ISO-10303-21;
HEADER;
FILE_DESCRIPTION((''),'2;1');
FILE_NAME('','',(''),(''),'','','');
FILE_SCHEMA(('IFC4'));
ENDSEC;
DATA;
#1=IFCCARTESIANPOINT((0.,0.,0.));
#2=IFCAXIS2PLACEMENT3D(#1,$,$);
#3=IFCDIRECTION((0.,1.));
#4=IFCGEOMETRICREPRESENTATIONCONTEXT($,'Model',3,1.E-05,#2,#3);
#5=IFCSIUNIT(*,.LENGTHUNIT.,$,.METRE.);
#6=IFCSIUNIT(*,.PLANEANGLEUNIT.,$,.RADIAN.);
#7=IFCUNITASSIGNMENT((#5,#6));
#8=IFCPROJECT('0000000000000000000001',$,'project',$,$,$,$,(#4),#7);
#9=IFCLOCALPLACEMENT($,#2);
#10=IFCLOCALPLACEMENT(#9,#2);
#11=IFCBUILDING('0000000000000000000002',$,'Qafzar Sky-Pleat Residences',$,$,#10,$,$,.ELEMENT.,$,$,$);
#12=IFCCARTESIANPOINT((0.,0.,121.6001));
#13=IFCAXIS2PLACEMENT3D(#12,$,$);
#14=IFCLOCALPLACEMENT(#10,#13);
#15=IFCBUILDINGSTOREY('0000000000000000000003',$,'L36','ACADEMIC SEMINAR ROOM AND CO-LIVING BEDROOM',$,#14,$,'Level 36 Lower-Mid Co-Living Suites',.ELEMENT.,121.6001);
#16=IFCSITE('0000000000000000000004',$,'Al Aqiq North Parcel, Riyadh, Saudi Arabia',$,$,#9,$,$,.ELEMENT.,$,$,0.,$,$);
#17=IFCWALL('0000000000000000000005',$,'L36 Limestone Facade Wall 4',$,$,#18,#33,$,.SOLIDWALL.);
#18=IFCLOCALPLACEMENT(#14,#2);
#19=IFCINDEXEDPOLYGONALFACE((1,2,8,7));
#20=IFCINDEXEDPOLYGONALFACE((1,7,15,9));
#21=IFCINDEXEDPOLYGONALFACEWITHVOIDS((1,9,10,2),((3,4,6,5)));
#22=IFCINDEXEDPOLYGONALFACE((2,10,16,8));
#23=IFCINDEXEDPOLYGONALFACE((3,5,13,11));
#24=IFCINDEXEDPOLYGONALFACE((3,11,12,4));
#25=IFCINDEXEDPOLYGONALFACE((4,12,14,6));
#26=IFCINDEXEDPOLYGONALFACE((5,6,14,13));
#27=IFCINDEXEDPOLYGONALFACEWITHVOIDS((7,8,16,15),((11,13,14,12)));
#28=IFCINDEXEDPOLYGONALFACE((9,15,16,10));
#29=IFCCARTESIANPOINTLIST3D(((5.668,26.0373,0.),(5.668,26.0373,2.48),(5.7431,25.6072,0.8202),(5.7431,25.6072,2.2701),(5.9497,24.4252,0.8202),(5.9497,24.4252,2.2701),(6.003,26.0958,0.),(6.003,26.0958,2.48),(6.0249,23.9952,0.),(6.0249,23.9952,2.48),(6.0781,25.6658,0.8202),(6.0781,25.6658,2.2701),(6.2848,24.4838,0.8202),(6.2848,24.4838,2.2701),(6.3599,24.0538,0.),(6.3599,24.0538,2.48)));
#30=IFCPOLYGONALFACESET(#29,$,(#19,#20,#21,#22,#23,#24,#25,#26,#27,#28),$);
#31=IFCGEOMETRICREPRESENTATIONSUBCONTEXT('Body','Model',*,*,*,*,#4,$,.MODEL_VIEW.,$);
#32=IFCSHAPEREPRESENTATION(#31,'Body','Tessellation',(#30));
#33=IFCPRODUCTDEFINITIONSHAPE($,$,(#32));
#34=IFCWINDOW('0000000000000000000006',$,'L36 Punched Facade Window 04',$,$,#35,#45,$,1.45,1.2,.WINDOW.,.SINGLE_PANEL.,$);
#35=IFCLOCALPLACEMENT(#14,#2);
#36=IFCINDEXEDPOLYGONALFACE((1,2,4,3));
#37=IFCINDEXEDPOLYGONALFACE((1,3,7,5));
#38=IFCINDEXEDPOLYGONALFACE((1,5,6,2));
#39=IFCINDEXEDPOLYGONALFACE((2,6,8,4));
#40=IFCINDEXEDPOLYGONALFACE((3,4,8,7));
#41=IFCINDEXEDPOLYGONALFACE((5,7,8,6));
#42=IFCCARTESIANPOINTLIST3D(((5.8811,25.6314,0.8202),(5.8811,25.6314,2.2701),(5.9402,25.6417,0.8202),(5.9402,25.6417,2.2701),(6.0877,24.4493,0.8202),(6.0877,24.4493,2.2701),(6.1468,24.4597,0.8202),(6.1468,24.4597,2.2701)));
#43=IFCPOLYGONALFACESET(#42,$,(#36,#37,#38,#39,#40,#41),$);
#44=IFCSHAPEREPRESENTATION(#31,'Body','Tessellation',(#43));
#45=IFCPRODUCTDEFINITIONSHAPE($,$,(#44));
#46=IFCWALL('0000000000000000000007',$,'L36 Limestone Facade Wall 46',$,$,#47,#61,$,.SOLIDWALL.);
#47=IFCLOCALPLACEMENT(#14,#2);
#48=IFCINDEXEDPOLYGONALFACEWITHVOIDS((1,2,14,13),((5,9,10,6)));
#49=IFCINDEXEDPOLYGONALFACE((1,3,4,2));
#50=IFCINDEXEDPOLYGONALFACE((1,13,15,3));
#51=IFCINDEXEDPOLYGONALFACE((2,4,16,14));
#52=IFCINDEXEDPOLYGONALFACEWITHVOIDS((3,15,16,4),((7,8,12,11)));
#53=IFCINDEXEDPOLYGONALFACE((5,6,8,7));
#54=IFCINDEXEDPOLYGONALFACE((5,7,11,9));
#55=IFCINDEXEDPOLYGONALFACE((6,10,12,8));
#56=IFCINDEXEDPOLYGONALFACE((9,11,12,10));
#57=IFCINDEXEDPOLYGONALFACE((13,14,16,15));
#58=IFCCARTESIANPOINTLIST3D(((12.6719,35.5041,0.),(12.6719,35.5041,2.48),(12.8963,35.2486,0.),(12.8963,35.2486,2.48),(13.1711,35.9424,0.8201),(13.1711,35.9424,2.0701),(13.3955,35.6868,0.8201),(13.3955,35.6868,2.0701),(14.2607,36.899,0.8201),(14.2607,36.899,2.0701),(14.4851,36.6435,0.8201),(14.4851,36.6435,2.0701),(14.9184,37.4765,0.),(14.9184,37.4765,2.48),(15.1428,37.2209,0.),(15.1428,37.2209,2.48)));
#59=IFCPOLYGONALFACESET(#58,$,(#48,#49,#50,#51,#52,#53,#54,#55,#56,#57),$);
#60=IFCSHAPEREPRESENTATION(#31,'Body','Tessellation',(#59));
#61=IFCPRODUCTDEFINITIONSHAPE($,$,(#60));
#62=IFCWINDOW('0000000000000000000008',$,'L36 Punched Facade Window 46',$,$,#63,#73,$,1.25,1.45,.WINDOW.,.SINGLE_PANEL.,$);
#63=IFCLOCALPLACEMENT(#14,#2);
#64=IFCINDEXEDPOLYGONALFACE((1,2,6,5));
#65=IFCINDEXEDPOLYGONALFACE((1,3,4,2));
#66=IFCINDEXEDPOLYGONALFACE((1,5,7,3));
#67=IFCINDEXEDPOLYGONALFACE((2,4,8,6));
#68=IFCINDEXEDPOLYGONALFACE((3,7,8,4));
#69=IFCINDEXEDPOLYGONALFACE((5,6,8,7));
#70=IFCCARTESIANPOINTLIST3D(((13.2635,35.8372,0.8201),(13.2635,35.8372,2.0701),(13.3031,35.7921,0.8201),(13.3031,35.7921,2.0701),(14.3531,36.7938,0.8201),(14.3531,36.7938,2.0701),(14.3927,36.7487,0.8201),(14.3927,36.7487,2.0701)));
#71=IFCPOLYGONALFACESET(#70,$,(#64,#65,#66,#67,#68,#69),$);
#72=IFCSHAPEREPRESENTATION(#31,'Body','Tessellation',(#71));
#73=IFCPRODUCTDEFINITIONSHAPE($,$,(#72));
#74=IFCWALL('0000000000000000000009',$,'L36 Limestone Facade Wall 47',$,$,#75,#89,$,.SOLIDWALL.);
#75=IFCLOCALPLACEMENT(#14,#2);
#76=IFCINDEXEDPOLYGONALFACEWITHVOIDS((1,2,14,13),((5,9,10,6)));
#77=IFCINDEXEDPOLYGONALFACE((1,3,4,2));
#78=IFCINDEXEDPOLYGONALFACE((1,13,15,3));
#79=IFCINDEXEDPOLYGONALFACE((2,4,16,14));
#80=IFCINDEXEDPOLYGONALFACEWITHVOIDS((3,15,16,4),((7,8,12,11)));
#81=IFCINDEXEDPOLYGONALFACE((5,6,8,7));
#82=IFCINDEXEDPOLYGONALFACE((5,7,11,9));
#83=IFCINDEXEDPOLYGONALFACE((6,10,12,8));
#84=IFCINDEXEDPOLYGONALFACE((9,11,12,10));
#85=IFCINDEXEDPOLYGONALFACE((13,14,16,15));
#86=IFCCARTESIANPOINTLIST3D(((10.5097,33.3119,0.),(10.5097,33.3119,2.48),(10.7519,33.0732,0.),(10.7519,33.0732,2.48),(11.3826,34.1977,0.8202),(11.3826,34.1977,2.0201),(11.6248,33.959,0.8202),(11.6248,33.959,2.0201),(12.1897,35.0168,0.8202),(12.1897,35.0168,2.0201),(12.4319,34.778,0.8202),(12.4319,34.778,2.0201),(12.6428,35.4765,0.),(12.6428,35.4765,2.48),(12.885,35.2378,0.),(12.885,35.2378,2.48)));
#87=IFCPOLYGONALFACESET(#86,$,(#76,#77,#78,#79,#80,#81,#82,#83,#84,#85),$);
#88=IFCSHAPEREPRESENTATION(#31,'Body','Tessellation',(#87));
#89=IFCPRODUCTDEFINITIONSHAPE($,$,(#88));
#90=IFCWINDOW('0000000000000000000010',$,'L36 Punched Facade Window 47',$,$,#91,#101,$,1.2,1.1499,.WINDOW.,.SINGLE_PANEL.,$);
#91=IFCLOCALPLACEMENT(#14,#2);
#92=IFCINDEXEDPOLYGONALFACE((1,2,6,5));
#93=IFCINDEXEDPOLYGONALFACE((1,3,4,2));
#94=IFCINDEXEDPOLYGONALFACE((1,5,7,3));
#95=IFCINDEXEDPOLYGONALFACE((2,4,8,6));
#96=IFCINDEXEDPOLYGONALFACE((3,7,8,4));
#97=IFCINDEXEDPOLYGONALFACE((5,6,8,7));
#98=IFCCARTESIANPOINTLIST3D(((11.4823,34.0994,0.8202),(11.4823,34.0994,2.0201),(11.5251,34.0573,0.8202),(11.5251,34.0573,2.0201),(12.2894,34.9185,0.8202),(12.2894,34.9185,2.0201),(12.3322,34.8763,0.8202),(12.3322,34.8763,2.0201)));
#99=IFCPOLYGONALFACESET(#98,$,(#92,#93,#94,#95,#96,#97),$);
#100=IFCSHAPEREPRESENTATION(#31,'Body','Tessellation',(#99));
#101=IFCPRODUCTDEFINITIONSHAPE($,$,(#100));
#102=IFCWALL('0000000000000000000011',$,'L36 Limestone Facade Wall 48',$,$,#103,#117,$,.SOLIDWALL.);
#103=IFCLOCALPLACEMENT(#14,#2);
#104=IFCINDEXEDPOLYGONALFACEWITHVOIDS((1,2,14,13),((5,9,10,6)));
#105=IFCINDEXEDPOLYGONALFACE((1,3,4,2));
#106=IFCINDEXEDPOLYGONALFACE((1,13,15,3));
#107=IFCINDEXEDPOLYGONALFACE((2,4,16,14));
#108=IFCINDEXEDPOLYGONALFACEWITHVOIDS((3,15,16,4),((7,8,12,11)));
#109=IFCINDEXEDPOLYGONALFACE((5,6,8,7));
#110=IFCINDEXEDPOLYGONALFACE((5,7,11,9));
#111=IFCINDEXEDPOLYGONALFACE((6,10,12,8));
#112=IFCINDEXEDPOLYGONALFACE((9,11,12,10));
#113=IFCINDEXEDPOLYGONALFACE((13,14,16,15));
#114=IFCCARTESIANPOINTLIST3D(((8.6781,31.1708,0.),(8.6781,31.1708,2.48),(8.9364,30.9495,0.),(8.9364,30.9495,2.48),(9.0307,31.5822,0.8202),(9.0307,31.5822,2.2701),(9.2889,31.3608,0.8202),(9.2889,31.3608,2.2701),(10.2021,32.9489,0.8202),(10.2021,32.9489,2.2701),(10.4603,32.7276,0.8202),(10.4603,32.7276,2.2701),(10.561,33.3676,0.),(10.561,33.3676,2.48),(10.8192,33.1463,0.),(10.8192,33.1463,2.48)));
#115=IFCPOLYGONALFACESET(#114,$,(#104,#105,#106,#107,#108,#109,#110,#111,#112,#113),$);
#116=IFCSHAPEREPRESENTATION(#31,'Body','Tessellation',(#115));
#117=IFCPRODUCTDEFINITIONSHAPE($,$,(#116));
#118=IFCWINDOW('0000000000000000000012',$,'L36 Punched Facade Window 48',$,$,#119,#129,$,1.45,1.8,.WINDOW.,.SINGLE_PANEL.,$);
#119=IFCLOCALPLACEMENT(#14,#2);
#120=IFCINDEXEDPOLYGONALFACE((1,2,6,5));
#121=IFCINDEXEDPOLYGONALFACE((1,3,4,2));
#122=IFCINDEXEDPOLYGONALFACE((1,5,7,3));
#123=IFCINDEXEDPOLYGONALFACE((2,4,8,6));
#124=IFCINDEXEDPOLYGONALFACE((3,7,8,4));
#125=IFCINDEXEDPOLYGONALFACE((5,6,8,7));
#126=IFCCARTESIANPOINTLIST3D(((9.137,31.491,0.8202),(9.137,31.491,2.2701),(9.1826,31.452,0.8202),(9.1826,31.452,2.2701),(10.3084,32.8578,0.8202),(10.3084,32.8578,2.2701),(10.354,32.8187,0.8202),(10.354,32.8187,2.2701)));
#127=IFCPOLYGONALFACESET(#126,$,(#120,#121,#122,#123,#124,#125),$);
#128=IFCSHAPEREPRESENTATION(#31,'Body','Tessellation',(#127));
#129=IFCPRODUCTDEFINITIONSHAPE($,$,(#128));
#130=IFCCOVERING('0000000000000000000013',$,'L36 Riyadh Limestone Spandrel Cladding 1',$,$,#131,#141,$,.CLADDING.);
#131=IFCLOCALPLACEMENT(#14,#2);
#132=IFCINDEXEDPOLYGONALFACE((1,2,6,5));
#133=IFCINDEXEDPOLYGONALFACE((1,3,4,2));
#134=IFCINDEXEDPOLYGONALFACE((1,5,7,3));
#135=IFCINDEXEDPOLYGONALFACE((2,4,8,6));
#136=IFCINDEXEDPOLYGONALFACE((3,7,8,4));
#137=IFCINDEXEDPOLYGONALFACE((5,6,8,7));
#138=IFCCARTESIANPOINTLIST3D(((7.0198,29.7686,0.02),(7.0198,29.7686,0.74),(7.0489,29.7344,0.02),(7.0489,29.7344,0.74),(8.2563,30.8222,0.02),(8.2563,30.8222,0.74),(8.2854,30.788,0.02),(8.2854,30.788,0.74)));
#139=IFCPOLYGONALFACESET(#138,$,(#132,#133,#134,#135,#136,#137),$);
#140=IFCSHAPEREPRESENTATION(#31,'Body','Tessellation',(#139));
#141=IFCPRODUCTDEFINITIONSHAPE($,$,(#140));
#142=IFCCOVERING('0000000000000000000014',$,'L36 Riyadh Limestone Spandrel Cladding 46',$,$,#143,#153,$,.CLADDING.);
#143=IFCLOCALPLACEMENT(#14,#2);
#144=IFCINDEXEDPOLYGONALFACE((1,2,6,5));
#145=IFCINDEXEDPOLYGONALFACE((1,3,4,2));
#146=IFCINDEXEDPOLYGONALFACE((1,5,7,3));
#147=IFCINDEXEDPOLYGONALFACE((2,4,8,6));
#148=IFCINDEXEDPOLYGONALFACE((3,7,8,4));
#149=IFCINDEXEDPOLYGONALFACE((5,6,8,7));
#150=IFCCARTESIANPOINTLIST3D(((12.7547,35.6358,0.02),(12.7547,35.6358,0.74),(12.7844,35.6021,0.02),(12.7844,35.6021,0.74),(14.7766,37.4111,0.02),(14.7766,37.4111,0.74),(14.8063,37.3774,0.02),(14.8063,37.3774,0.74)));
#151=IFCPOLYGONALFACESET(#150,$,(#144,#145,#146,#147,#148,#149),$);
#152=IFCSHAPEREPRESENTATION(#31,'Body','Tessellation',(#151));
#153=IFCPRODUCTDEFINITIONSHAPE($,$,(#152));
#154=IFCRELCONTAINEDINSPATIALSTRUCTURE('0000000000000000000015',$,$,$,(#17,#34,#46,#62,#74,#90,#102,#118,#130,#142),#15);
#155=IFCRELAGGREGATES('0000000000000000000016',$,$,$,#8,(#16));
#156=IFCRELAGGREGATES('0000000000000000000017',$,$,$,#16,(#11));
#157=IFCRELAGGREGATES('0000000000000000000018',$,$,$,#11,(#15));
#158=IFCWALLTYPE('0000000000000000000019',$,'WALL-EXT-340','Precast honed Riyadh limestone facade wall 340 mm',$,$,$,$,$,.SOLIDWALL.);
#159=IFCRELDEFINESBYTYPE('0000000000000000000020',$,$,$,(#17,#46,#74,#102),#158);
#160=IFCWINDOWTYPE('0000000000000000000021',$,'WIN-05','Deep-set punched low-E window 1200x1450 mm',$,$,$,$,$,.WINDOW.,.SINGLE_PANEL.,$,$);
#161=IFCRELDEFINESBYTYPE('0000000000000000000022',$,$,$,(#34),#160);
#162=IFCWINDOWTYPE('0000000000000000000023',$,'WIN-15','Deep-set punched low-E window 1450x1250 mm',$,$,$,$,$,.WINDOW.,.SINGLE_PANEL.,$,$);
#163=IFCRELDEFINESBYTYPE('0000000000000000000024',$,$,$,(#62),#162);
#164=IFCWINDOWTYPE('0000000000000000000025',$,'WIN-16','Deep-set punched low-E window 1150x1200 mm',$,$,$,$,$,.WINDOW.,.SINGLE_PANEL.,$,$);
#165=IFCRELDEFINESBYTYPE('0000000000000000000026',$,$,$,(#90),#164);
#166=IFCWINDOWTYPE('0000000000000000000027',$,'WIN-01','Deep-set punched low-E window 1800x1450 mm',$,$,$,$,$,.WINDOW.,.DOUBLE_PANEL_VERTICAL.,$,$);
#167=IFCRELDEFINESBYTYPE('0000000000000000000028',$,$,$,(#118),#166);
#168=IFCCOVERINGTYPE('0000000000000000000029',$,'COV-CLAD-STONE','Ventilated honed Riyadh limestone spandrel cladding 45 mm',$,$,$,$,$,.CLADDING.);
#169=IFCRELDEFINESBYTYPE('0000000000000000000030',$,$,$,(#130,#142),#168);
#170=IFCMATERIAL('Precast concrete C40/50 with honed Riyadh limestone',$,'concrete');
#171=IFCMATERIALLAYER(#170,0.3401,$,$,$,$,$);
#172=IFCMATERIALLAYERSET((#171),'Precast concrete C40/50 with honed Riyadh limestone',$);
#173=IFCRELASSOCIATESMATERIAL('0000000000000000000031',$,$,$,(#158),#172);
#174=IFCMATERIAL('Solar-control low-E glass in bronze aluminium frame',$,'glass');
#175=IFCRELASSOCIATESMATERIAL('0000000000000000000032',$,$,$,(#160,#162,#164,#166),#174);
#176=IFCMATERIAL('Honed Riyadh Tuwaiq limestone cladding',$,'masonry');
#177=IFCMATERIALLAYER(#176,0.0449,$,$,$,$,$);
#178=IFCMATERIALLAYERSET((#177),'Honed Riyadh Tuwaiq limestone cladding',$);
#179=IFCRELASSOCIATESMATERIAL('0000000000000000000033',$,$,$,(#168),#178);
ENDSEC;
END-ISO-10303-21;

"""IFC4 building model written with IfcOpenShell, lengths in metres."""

from ifc_helpers import new_model, si_unit, direction, frame, frame_2d, origin, origin_2d, place, context, subcontext, project, spatial, rectangle, extrude, source, transform, mapped, material, layer, layer_set, type_object, element, fill, save


model = new_model("IFC4")

# Units and contexts
model_context = context("Model", 3, precision=1e-05, world=origin(), true_north=direction((0.0, 1.0)))
body_context = subcontext(model_context, "Body", "Model", "MODEL_VIEW")
ifc_project = project(units=[si_unit("LENGTHUNIT", "METRE"), si_unit("PLANEANGLEUNIT", "RADIAN")], contexts=[model_context])

# Site, building, storey
site_placement = place(None, origin())
site = spatial("IfcSite", under=ifc_project, at=site_placement, Name="Al Aqiq North Parcel, Riyadh, Saudi Arabia", CompositionType="ELEMENT", RefElevation=0.0)
building_placement = place(site_placement, origin())
building = spatial("IfcBuilding", under=site, at=building_placement, Name="Qafzar Sky-Pleat Residences", CompositionType="ELEMENT")
storey_placement = place(building_placement, frame((0.0, 0.0, 121.6001)))
storey = spatial("IfcBuildingStorey", under=building, at=storey_placement, Name="L36", Description="ACADEMIC SEMINAR ROOM AND CO-LIVING BEDROOM", LongName="Level 36 Lower-Mid Co-Living Suites", CompositionType="ELEMENT", Elevation=121.6001)

# Shared definitions
ifc_material_1 = material(Name="Precast concrete C40/50 with honed Riyadh limestone", Category="concrete")
ifc_layer_1 = layer(ifc_material_1, 0.3401)
ifc_layer_set_1 = layer_set([ifc_layer_1], Name="Precast concrete C40/50 with honed Riyadh limestone")
wall_type_1 = type_object("IfcWallType", Name="WALL-EXT-340", Description="Precast honed Riyadh limestone facade wall 340 mm", PredefinedType="SOLIDWALL", material=ifc_layer_set_1)

# Walls, openings, windows
ifc_material_2 = material(Name="Solar-control low-E glass in bronze aluminium frame", Category="glass")
wall_1_placement = place(storey_placement, frame((5.8354, 26.0667, 0.0), z_axis=(0.0, 0.0, 1.0), x_axis=(0.172186, -0.985064, 0.0)))
wall_1 = element("IfcWall", 1, at=wall_1_placement, inside=storey, type_object=wall_type_1, Name="L36 Limestone Facade Wall 4", PredefinedType="SOLIDWALL", context=body_context, shape_type="SweptSolid", body=[
    extrude(rectangle(XDim=2.073, YDim=0.3401, at=frame_2d((1.0366, 0.0))), origin(), (0.0, 0.0, 1.0), 2.48),
])
opening_1_placement = place(wall_1_placement, frame((0.4365, 0.0, 0.8201)))
opening_1 = element("IfcOpeningElement", 2, at=opening_1_placement, cuts=wall_1, PredefinedType="OPENING", context=body_context, shape_type="SweptSolid", body=[
    extrude(rectangle(XDim=1.2, YDim=1.45, at=frame_2d((0.6001, 0.7251))), frame((0.0, 0.1802, 0.0), z_axis=(0.0, -1.0, 0.0), x_axis=(1.0, 0.0, 0.0)), (0.0, 0.0, 1.0), 0.3601),
])
window_type_1 = type_object("IfcWindowType", Name="WIN-05", Description="Deep-set punched low-E window 1200x1450 mm", PartitioningType="SINGLE_PANEL", PredefinedType="WINDOW", material=ifc_material_2)
shared_shape_1 = source(origin(), body_context, "Body", "SweptSolid", [
    extrude(rectangle(XDim=1.2, YDim=1.45, at=frame_2d((0.6001, 0.7251))), frame((0.0, 0.03, 0.0), z_axis=(0.0, -1.0, 0.0), x_axis=(1.0, 0.0, 0.0)), (0.0, 0.0, 1.0), 0.0601),
])
window_1_placement = place(opening_1_placement, origin())
window_1 = element("IfcWindow", 3, at=window_1_placement, inside=storey, type_object=window_type_1, Name="L36 Punched Facade Window 04", OverallHeight=1.45, OverallWidth=1.2, PartitioningType="SINGLE_PANEL", PredefinedType="WINDOW", context=body_context, shape_type="MappedRepresentation", body=[
    mapped(shared_shape_1, transform((0.0, 0.0, 0.0), x_axis=(1.0, 0.0, 0.0), y_axis=(0.0, 1.0, 0.0), z_axis=(0.0, 0.0, 1.0), scale=1.0)),
])
fill(opening_1, window_1)
wall_2_placement = place(storey_placement, frame((15.0305, 37.3486, 0.0), z_axis=(0.0, 0.0, 1.0), x_axis=(-0.751473, -0.659764, 0.0)))
wall_2 = element("IfcWall", 4, at=wall_2_placement, inside=storey, type_object=wall_type_1, Name="L36 Limestone Facade Wall 46", PredefinedType="SOLIDWALL", context=body_context, shape_type="SweptSolid", body=[
    extrude(rectangle(XDim=2.9895, YDim=0.3401, at=frame_2d((1.4946, 0.0))), origin(), (0.0, 0.0, 1.0), 2.48),
])
opening_2_placement = place(wall_2_placement, frame((0.875, 0.0, 0.8201)))
opening_2 = element("IfcOpeningElement", 5, at=opening_2_placement, cuts=wall_2, PredefinedType="OPENING", context=body_context, shape_type="SweptSolid", body=[
    extrude(rectangle(XDim=1.45, YDim=1.25, at=frame_2d((0.7251, 0.625))), frame((0.0, 0.1802, 0.0), z_axis=(0.0, -1.0, 0.0), x_axis=(1.0, 0.0, 0.0)), (0.0, 0.0, 1.0), 0.3601),
])
window_type_2 = type_object("IfcWindowType", Name="WIN-15", Description="Deep-set punched low-E window 1450x1250 mm", PartitioningType="SINGLE_PANEL", PredefinedType="WINDOW", material=ifc_material_2)
shared_shape_2 = source(origin(), body_context, "Body", "SweptSolid", [
    extrude(rectangle(XDim=1.45, YDim=1.25, at=frame_2d((0.7251, 0.625))), frame((0.0, 0.03, 0.0), z_axis=(0.0, -1.0, 0.0), x_axis=(1.0, 0.0, 0.0)), (0.0, 0.0, 1.0), 0.0601),
])
window_2_placement = place(opening_2_placement, origin())
window_2 = element("IfcWindow", 6, at=window_2_placement, inside=storey, type_object=window_type_2, Name="L36 Punched Facade Window 46", OverallHeight=1.25, OverallWidth=1.45, PartitioningType="SINGLE_PANEL", PredefinedType="WINDOW", context=body_context, shape_type="MappedRepresentation", body=[
    mapped(shared_shape_2, transform((0.0, 0.0, 0.0), x_axis=(1.0, 0.0, 0.0), y_axis=(0.0, 1.0, 0.0), z_axis=(0.0, 0.0, 1.0), scale=1.0)),
])
fill(opening_2, window_2)
wall_3_placement = place(storey_placement, frame((12.7639, 35.3572, 0.0), z_axis=(0.0, 0.0, 1.0), x_axis=(-0.701906, -0.71227, 0.0)))
wall_3 = element("IfcWall", 7, at=wall_3_placement, inside=storey, type_object=wall_type_1, Name="L36 Limestone Facade Wall 47", PredefinedType="SOLIDWALL", context=body_context, shape_type="SweptSolid", body=[
    extrude(rectangle(XDim=3.0391, YDim=0.3401, at=frame_2d((1.5195, 0.0))), origin(), (0.0, 0.0, 1.0), 2.48),
])
opening_3_placement = place(wall_3_placement, frame((0.6455, 0.0, 0.8201)))
opening_3 = element("IfcOpeningElement", 8, at=opening_3_placement, cuts=wall_3, PredefinedType="OPENING", context=body_context, shape_type="SweptSolid", body=[
    extrude(rectangle(XDim=1.1499, YDim=1.2, at=frame_2d((0.575, 0.6001))), frame((0.0, 0.1802, 0.0), z_axis=(0.0, -1.0, 0.0), x_axis=(1.0, 0.0, 0.0)), (0.0, 0.0, 1.0), 0.3601),
])
window_type_3 = type_object("IfcWindowType", Name="WIN-16", Description="Deep-set punched low-E window 1150x1200 mm", PartitioningType="SINGLE_PANEL", PredefinedType="WINDOW", material=ifc_material_2)
shared_shape_3 = source(origin(), body_context, "Body", "SweptSolid", [
    extrude(rectangle(XDim=1.1499, YDim=1.2, at=frame_2d((0.575, 0.6001))), frame((0.0, 0.03, 0.0), z_axis=(0.0, -1.0, 0.0), x_axis=(1.0, 0.0, 0.0)), (0.0, 0.0, 1.0), 0.0601),
])
window_3_placement = place(opening_3_placement, origin())
window_3 = element("IfcWindow", 9, at=window_3_placement, inside=storey, type_object=window_type_3, Name="L36 Punched Facade Window 47", OverallHeight=1.2, OverallWidth=1.1499, PartitioningType="SINGLE_PANEL", PredefinedType="WINDOW", context=body_context, shape_type="MappedRepresentation", body=[
    mapped(shared_shape_3, transform((0.0, 0.0, 0.0), x_axis=(1.0, 0.0, 0.0), y_axis=(0.0, 1.0, 0.0), z_axis=(0.0, 0.0, 1.0), scale=1.0)),
])
fill(opening_3, window_3)
wall_4_placement = place(storey_placement, frame((10.6902, 33.2571, 0.0), z_axis=(0.0, 0.0, 1.0), x_axis=(-0.650764, -0.75928, 0.0)))
wall_4 = element("IfcWall", 10, at=wall_4_placement, inside=storey, type_object=wall_type_1, Name="L36 Limestone Facade Wall 48", PredefinedType="SOLIDWALL", context=body_context, shape_type="SweptSolid", body=[
    extrude(rectangle(XDim=2.8933, YDim=0.3401, at=frame_2d((1.4468, 0.0))), origin(), (0.0, 0.0, 1.0), 2.48),
])
opening_4_placement = place(wall_4_placement, frame((0.5518, 0.0, 0.8201)))
opening_4 = element("IfcOpeningElement", 11, at=opening_4_placement, cuts=wall_4, PredefinedType="OPENING", context=body_context, shape_type="SweptSolid", body=[
    extrude(rectangle(XDim=1.8, YDim=1.45, at=frame_2d((0.8999, 0.7251))), frame((0.0, 0.1802, 0.0), z_axis=(0.0, -1.0, 0.0), x_axis=(1.0, 0.0, 0.0)), (0.0, 0.0, 1.0), 0.3601),
])
window_type_4 = type_object("IfcWindowType", Name="WIN-01", Description="Deep-set punched low-E window 1800x1450 mm", PartitioningType="DOUBLE_PANEL_VERTICAL", PredefinedType="WINDOW", material=ifc_material_2)
shared_shape_4 = source(origin(), body_context, "Body", "SweptSolid", [
    extrude(rectangle(XDim=1.8, YDim=1.45, at=frame_2d((0.8999, 0.7251))), frame((0.0, 0.03, 0.0), z_axis=(0.0, -1.0, 0.0), x_axis=(1.0, 0.0, 0.0)), (0.0, 0.0, 1.0), 0.0601),
])
window_4_placement = place(opening_4_placement, origin())
window_4 = element("IfcWindow", 12, at=window_4_placement, inside=storey, type_object=window_type_4, Name="L36 Punched Facade Window 48", OverallHeight=1.45, OverallWidth=1.8, PartitioningType="SINGLE_PANEL", PredefinedType="WINDOW", context=body_context, shape_type="MappedRepresentation", body=[
    mapped(shared_shape_4, transform((0.0, 0.0, 0.0), x_axis=(1.0, 0.0, 0.0), y_axis=(0.0, 1.0, 0.0), z_axis=(0.0, 0.0, 1.0), scale=1.0)),
])
fill(opening_4, window_4)

# Coverings
ifc_material_3 = material(Name="Honed Riyadh Tuwaiq limestone cladding", Category="masonry")
ifc_layer_2 = layer(ifc_material_3, 0.0449)
ifc_layer_set_2 = layer_set([ifc_layer_2], Name="Honed Riyadh Tuwaiq limestone cladding")
covering_type = type_object("IfcCoveringType", Name="COV-CLAD-STONE", Description="Ventilated honed Riyadh limestone spandrel cladding 45 mm", PredefinedType="CLADDING", material=ifc_layer_set_2)
shared_shape_5 = source(origin(), body_context, "Body", "SweptSolid", [
    extrude(rectangle(XDim=1.6245, YDim=0.0449, at=origin_2d()), origin(), (0.0, 0.0, 1.0), 0.72),
])
covering_1_placement = place(storey_placement, frame((7.6526, 30.2783, 0.02), z_axis=(0.0, 0.0, 1.0), x_axis=(-0.761154, -0.648571, 0.0)))
element("IfcCovering", 13, at=covering_1_placement, inside=storey, type_object=covering_type, Name="L36 Riyadh Limestone Spandrel Cladding 1", PredefinedType="CLADDING", context=body_context, shape_type="MappedRepresentation", body=[
    mapped(shared_shape_5, transform((0.0, 0.0, 0.0), x_axis=(1.0, 0.0, 0.0), y_axis=(0.0, 1.0, 0.0), z_axis=(0.0, 0.0, 1.0), scale=1.0)),
])
shared_shape_6 = source(origin(), body_context, "Body", "SweptSolid", [
    extrude(rectangle(XDim=2.6907, YDim=0.0449, at=origin_2d()), origin(), (0.0, 0.0, 1.0), 0.72),
])
covering_2_placement = place(storey_placement, frame((13.7805, 36.5066, 0.02), z_axis=(0.0, 0.0, 1.0), x_axis=(-0.751446, -0.659794, 0.0)))
element("IfcCovering", 14, at=covering_2_placement, inside=storey, type_object=covering_type, Name="L36 Riyadh Limestone Spandrel Cladding 46", PredefinedType="CLADDING", context=body_context, shape_type="MappedRepresentation", body=[
    mapped(shared_shape_6, transform((0.0, 0.0, 0.0), x_axis=(1.0, 0.0, 0.0), y_axis=(0.0, 1.0, 0.0), z_axis=(0.0, 0.0, 1.0), scale=1.0)),
])

save(model, "model.ifc")
